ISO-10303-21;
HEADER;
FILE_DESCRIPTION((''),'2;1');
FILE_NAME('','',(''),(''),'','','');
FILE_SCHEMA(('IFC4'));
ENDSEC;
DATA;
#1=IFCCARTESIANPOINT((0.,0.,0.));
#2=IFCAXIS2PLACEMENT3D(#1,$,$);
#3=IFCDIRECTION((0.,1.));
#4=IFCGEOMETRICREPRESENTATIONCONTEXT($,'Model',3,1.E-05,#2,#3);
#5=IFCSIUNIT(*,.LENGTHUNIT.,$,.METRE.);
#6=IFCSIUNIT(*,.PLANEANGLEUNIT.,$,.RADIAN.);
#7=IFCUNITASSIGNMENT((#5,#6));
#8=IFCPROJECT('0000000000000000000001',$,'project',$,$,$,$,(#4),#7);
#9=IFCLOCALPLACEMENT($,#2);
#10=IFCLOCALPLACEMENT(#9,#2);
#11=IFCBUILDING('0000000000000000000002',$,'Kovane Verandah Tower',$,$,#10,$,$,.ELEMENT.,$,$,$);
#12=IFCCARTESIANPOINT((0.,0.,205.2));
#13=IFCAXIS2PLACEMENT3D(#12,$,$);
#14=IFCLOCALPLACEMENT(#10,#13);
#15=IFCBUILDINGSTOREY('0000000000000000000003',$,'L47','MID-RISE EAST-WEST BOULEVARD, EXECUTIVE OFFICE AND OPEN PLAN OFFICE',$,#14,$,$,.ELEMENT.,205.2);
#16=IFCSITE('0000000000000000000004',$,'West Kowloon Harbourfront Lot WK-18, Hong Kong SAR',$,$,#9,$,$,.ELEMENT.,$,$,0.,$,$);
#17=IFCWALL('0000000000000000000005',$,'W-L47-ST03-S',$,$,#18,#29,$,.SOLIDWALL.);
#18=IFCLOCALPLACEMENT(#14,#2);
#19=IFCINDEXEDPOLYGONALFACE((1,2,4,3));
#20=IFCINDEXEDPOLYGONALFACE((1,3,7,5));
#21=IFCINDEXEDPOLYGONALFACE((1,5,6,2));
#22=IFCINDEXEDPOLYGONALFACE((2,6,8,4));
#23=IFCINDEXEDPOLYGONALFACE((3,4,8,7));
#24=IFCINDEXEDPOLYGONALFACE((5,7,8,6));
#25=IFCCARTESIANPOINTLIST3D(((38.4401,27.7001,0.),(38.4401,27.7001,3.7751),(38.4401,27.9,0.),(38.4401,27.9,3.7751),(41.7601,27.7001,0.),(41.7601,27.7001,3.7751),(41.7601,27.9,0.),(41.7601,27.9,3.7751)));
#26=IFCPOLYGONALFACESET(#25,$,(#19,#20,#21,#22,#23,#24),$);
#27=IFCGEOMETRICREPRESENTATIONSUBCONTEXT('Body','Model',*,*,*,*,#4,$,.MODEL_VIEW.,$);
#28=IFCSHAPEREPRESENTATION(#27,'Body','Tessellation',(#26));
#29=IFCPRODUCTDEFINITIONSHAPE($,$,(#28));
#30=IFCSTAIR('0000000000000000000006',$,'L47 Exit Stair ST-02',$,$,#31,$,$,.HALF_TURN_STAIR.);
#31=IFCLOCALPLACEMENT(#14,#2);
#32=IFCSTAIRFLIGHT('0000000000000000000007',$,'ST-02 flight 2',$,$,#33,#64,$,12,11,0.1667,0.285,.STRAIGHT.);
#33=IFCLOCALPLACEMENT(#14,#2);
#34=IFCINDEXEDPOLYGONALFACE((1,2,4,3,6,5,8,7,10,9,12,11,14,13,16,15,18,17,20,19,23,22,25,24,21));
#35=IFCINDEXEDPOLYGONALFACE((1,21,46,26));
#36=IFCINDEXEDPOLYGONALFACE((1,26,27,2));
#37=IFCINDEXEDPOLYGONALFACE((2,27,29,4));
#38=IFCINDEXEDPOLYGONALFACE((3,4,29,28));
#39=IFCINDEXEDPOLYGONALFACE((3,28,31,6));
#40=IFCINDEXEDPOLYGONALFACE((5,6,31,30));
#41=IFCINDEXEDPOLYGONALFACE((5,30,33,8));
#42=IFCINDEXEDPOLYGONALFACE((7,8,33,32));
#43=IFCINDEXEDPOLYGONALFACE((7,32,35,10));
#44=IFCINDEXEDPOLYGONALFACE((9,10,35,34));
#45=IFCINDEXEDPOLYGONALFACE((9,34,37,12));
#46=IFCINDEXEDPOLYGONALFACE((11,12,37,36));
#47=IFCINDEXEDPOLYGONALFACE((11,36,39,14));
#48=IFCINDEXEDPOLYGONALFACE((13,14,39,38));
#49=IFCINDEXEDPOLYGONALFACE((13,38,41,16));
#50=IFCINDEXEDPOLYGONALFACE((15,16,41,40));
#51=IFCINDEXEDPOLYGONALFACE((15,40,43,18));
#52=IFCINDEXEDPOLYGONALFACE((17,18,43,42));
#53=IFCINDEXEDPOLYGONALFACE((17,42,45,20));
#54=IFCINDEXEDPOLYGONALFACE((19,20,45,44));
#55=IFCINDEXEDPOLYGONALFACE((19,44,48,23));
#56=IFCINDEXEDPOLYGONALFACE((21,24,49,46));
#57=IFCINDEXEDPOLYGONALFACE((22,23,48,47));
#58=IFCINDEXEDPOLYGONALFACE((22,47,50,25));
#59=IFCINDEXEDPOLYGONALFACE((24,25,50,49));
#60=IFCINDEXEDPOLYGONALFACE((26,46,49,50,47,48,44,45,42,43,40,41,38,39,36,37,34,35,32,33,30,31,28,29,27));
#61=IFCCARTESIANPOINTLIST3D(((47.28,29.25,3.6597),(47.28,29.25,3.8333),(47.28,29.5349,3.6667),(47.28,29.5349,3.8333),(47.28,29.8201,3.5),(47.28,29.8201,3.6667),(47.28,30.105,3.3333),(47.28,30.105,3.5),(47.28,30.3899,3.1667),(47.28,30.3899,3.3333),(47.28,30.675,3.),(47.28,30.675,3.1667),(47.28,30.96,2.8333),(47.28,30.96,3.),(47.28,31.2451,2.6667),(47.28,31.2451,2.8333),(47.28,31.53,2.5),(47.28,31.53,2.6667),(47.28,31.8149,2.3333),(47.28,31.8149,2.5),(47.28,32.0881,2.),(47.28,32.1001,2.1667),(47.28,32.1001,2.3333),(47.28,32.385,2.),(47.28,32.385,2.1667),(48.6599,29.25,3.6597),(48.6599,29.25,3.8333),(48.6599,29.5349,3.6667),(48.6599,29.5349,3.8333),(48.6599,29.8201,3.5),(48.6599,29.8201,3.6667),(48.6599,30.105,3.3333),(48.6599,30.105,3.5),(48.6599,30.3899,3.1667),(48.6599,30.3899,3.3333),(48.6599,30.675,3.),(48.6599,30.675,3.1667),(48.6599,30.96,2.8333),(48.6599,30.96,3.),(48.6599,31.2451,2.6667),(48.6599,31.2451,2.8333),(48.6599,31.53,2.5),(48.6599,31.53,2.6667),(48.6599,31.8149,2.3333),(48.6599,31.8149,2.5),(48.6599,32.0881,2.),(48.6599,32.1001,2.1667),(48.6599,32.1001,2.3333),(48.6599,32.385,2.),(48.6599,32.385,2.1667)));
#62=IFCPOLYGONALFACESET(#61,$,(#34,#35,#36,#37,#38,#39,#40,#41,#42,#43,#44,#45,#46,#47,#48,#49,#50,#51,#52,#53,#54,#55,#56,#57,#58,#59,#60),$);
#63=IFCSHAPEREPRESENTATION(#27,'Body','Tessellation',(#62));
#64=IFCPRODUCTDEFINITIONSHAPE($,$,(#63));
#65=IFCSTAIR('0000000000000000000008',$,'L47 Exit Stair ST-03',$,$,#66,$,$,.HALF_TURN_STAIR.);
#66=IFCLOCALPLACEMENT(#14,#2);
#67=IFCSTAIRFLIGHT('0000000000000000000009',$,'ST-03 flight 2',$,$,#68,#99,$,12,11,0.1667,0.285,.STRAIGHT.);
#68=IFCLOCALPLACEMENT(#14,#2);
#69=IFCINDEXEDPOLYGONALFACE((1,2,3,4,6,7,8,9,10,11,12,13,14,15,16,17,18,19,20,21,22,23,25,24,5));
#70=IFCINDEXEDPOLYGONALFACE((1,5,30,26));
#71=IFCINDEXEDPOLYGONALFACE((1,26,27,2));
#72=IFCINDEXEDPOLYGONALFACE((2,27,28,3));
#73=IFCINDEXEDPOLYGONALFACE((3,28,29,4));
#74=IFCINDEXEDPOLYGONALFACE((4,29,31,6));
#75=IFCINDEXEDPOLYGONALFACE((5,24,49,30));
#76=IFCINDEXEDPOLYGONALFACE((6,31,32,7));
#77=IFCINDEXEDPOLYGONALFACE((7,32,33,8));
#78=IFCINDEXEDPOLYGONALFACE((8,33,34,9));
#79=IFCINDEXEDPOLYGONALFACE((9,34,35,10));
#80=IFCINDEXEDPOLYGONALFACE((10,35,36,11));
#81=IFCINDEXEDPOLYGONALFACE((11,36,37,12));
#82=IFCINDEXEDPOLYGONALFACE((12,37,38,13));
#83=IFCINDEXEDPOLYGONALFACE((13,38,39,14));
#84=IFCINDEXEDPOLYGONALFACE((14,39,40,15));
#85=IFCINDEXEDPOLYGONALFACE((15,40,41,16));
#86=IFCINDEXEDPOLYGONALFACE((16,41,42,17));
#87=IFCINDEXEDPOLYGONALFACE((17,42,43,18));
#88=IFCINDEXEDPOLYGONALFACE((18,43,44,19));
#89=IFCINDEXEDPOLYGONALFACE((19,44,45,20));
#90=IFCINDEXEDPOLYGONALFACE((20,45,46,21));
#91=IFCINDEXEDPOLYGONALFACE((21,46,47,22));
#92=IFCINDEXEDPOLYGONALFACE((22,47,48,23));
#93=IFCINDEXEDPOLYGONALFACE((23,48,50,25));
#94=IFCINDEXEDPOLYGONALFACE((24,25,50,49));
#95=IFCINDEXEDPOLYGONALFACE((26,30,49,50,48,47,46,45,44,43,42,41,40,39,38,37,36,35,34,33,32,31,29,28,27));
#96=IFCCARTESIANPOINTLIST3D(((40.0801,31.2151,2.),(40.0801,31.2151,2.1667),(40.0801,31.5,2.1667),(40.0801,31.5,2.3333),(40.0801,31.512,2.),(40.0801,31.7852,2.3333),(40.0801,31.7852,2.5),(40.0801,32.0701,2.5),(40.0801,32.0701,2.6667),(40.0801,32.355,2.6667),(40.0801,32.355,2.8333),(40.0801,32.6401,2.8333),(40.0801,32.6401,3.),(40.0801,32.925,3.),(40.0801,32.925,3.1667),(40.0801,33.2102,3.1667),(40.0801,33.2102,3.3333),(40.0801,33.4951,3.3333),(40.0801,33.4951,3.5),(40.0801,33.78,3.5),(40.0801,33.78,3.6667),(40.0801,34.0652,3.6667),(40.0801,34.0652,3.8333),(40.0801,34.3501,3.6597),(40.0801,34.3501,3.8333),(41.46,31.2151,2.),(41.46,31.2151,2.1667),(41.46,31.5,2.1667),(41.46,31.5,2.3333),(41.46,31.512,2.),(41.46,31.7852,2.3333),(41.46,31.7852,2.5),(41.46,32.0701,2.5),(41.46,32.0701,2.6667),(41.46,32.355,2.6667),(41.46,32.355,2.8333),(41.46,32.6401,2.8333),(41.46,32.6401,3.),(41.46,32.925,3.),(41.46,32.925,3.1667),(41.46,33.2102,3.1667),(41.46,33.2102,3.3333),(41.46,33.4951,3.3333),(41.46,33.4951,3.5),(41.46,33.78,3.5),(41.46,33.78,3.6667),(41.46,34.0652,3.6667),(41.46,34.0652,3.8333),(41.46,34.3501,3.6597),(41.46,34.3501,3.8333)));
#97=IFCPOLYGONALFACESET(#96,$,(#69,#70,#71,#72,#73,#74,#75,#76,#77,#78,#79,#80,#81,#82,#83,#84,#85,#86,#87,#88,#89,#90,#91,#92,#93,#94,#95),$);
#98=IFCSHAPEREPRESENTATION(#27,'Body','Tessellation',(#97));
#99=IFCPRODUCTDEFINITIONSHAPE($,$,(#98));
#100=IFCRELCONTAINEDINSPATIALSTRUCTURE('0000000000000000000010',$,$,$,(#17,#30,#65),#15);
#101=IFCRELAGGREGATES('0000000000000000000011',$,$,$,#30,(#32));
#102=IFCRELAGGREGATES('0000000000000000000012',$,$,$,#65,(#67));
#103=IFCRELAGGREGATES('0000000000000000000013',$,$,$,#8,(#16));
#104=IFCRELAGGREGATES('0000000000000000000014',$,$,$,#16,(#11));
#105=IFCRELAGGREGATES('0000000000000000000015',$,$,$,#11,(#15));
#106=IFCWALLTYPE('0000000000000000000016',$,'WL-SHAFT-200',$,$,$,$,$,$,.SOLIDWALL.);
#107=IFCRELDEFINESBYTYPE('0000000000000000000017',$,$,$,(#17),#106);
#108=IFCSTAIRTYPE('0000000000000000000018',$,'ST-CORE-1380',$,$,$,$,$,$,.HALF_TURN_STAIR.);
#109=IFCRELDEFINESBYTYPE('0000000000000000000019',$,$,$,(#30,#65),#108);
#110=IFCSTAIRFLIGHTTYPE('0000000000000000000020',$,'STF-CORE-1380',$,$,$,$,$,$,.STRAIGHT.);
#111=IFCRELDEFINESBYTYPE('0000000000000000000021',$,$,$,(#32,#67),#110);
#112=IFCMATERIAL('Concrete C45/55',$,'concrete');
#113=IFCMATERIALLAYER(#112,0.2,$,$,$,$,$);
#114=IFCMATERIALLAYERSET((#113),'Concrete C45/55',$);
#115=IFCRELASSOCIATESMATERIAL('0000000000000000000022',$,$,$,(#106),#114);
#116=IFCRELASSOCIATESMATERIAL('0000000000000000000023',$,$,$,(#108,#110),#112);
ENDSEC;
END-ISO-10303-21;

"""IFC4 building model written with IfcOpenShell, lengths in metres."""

from ifc_helpers import new_model, si_unit, direction, frame, frame_2d, origin, place, context, subcontext, project, spatial, polyline, rectangle, outline, extrude, material, layer, layer_set, type_object, element, aggregate, save


model = new_model("IFC4")

# Units and contexts
model_context = context("Model", 3, precision=1e-05, world=origin(), true_north=direction((0.0, 1.0)))
body_context = subcontext(model_context, "Body", "Model", "MODEL_VIEW")
ifc_project = project(units=[si_unit("LENGTHUNIT", "METRE"), si_unit("PLANEANGLEUNIT", "RADIAN")], contexts=[model_context])

# Site, building, storey
site_placement = place(None, origin())
site = spatial("IfcSite", under=ifc_project, at=site_placement, Name="West Kowloon Harbourfront Lot WK-18, Hong Kong SAR", CompositionType="ELEMENT", RefElevation=0.0)
building_placement = place(site_placement, origin())
building = spatial("IfcBuilding", under=site, at=building_placement, Name="Kovane Verandah Tower", CompositionType="ELEMENT")
storey_placement = place(building_placement, frame((0.0, 0.0, 205.2)))
storey = spatial("IfcBuildingStorey", under=building, at=storey_placement, Name="L47", Description="MID-RISE EAST-WEST BOULEVARD, EXECUTIVE OFFICE AND OPEN PLAN OFFICE", CompositionType="ELEMENT", Elevation=205.2)

# Shared definitions
ifc_material_1 = material(Name="Concrete C45/55", Category="concrete")
ifc_layer_1 = layer(ifc_material_1, 0.2)
ifc_layer_set_1 = layer_set([ifc_layer_1], Name="Concrete C45/55")
wall_type_1 = type_object("IfcWallType", Name="WL-SHAFT-200", PredefinedType="SOLIDWALL", material=ifc_layer_set_1)

# Wall
wall_1_placement = place(storey_placement, frame((38.4399, 27.8, 0.0), z_axis=(0.0, 0.0, 1.0), x_axis=(1.0, 0.0, 0.0)))
element("IfcWall", 1, at=wall_1_placement, inside=storey, type_object=wall_type_1, Name="W-L47-ST03-S", PredefinedType="SOLIDWALL", context=body_context, shape_type="SweptSolid", body=[
    extrude(rectangle(XDim=3.3201, YDim=0.2, at=frame_2d((1.6602, 0.0))), origin(), (0.0, 0.0, 1.0), 3.7751),
])

# Stairs, stair flights
stair_type = type_object("IfcStairType", Name="ST-CORE-1380", PredefinedType="HALF_TURN_STAIR", material=ifc_material_1)
stair_1_placement = place(storey_placement, origin())
stair_1 = element("IfcStair", 2, at=stair_1_placement, inside=storey, type_object=stair_type, Name="L47 Exit Stair ST-02", PredefinedType="HALF_TURN_STAIR")
stair_flight_type = type_object("IfcStairFlightType", Name="STF-CORE-1380", PredefinedType="STRAIGHT", material=ifc_material_1)
stair_flight_1_placement = place(storey_placement, frame((47.97, 32.385, 2.0), z_axis=(0.0, 0.0, 1.0), x_axis=(0.0, -1.0, 0.0)))
stair_flight_1 = element("IfcStairFlight", 3, at=stair_flight_1_placement, type_object=stair_flight_type, Name="ST-02 flight 2", NumberOfRisers=12, NumberOfTreads=11, PredefinedType="STRAIGHT", RiserHeight=0.1667, TreadLength=0.285, context=body_context, shape_type="SweptSolid", body=[
    extrude(outline(polyline([(0.0, 0.0), (0.0, 0.1667), (0.2849, 0.1667), (0.2849, 0.3333), (0.5701, 0.3333), (0.5701, 0.5), (0.855, 0.5), (0.855, 0.6667), (1.1399, 0.6667), (1.1399, 0.8333), (1.425, 0.8333), (1.425, 1.0), (1.71, 1.0), (1.71, 1.1667), (1.9951, 1.1667), (1.9951, 1.3333), (2.28, 1.3333), (2.28, 1.5), (2.5649, 1.5), (2.5649, 1.6667), (2.8501, 1.6667), (2.8501, 1.8333), (3.135, 1.8333), (3.135, 2.0), (3.135, 1.6597), (0.2969, 0.0), (0.0, 0.0)])), frame((0.0, 0.6899, 0.0), z_axis=(0.0, -1.0, 0.0), x_axis=(1.0, 0.0, 0.0)), (0.0, 0.0, 1.0), 1.3799),
])
aggregate(stair_1, [stair_flight_1])
stair_2_placement = place(storey_placement, origin())
stair_2 = element("IfcStair", 4, at=stair_2_placement, inside=storey, type_object=stair_type, Name="L47 Exit Stair ST-03", PredefinedType="HALF_TURN_STAIR")
stair_flight_2_placement = place(storey_placement, frame((40.77, 31.2151, 2.0), z_axis=(0.0, 0.0, 1.0), x_axis=(0.0, 1.0, 0.0)))
stair_flight_2 = element("IfcStairFlight", 5, at=stair_flight_2_placement, type_object=stair_flight_type, Name="ST-03 flight 2", NumberOfRisers=12, NumberOfTreads=11, PredefinedType="STRAIGHT", RiserHeight=0.1667, TreadLength=0.285, context=body_context, shape_type="SweptSolid", body=[
    extrude(outline(polyline([(0.0, 0.0), (0.0, 0.1667), (0.2849, 0.1667), (0.2849, 0.3333), (0.5701, 0.3333), (0.5701, 0.5), (0.855, 0.5), (0.855, 0.6667), (1.1399, 0.6667), (1.1399, 0.8333), (1.425, 0.8333), (1.425, 1.0), (1.71, 1.0), (1.71, 1.1667), (1.9951, 1.1667), (1.9951, 1.3333), (2.28, 1.3333), (2.28, 1.5), (2.5649, 1.5), (2.5649, 1.6667), (2.8501, 1.6667), (2.8501, 1.8333), (3.135, 1.8333), (3.135, 2.0), (3.135, 1.6597), (0.2969, 0.0), (0.0, 0.0)])), frame((0.0, 0.6899, 0.0), z_axis=(0.0, -1.0, 0.0), x_axis=(1.0, 0.0, 0.0)), (0.0, 0.0, 1.0), 1.3799),
])
aggregate(stair_2, [stair_flight_2])

save(model, "model.ifc")
